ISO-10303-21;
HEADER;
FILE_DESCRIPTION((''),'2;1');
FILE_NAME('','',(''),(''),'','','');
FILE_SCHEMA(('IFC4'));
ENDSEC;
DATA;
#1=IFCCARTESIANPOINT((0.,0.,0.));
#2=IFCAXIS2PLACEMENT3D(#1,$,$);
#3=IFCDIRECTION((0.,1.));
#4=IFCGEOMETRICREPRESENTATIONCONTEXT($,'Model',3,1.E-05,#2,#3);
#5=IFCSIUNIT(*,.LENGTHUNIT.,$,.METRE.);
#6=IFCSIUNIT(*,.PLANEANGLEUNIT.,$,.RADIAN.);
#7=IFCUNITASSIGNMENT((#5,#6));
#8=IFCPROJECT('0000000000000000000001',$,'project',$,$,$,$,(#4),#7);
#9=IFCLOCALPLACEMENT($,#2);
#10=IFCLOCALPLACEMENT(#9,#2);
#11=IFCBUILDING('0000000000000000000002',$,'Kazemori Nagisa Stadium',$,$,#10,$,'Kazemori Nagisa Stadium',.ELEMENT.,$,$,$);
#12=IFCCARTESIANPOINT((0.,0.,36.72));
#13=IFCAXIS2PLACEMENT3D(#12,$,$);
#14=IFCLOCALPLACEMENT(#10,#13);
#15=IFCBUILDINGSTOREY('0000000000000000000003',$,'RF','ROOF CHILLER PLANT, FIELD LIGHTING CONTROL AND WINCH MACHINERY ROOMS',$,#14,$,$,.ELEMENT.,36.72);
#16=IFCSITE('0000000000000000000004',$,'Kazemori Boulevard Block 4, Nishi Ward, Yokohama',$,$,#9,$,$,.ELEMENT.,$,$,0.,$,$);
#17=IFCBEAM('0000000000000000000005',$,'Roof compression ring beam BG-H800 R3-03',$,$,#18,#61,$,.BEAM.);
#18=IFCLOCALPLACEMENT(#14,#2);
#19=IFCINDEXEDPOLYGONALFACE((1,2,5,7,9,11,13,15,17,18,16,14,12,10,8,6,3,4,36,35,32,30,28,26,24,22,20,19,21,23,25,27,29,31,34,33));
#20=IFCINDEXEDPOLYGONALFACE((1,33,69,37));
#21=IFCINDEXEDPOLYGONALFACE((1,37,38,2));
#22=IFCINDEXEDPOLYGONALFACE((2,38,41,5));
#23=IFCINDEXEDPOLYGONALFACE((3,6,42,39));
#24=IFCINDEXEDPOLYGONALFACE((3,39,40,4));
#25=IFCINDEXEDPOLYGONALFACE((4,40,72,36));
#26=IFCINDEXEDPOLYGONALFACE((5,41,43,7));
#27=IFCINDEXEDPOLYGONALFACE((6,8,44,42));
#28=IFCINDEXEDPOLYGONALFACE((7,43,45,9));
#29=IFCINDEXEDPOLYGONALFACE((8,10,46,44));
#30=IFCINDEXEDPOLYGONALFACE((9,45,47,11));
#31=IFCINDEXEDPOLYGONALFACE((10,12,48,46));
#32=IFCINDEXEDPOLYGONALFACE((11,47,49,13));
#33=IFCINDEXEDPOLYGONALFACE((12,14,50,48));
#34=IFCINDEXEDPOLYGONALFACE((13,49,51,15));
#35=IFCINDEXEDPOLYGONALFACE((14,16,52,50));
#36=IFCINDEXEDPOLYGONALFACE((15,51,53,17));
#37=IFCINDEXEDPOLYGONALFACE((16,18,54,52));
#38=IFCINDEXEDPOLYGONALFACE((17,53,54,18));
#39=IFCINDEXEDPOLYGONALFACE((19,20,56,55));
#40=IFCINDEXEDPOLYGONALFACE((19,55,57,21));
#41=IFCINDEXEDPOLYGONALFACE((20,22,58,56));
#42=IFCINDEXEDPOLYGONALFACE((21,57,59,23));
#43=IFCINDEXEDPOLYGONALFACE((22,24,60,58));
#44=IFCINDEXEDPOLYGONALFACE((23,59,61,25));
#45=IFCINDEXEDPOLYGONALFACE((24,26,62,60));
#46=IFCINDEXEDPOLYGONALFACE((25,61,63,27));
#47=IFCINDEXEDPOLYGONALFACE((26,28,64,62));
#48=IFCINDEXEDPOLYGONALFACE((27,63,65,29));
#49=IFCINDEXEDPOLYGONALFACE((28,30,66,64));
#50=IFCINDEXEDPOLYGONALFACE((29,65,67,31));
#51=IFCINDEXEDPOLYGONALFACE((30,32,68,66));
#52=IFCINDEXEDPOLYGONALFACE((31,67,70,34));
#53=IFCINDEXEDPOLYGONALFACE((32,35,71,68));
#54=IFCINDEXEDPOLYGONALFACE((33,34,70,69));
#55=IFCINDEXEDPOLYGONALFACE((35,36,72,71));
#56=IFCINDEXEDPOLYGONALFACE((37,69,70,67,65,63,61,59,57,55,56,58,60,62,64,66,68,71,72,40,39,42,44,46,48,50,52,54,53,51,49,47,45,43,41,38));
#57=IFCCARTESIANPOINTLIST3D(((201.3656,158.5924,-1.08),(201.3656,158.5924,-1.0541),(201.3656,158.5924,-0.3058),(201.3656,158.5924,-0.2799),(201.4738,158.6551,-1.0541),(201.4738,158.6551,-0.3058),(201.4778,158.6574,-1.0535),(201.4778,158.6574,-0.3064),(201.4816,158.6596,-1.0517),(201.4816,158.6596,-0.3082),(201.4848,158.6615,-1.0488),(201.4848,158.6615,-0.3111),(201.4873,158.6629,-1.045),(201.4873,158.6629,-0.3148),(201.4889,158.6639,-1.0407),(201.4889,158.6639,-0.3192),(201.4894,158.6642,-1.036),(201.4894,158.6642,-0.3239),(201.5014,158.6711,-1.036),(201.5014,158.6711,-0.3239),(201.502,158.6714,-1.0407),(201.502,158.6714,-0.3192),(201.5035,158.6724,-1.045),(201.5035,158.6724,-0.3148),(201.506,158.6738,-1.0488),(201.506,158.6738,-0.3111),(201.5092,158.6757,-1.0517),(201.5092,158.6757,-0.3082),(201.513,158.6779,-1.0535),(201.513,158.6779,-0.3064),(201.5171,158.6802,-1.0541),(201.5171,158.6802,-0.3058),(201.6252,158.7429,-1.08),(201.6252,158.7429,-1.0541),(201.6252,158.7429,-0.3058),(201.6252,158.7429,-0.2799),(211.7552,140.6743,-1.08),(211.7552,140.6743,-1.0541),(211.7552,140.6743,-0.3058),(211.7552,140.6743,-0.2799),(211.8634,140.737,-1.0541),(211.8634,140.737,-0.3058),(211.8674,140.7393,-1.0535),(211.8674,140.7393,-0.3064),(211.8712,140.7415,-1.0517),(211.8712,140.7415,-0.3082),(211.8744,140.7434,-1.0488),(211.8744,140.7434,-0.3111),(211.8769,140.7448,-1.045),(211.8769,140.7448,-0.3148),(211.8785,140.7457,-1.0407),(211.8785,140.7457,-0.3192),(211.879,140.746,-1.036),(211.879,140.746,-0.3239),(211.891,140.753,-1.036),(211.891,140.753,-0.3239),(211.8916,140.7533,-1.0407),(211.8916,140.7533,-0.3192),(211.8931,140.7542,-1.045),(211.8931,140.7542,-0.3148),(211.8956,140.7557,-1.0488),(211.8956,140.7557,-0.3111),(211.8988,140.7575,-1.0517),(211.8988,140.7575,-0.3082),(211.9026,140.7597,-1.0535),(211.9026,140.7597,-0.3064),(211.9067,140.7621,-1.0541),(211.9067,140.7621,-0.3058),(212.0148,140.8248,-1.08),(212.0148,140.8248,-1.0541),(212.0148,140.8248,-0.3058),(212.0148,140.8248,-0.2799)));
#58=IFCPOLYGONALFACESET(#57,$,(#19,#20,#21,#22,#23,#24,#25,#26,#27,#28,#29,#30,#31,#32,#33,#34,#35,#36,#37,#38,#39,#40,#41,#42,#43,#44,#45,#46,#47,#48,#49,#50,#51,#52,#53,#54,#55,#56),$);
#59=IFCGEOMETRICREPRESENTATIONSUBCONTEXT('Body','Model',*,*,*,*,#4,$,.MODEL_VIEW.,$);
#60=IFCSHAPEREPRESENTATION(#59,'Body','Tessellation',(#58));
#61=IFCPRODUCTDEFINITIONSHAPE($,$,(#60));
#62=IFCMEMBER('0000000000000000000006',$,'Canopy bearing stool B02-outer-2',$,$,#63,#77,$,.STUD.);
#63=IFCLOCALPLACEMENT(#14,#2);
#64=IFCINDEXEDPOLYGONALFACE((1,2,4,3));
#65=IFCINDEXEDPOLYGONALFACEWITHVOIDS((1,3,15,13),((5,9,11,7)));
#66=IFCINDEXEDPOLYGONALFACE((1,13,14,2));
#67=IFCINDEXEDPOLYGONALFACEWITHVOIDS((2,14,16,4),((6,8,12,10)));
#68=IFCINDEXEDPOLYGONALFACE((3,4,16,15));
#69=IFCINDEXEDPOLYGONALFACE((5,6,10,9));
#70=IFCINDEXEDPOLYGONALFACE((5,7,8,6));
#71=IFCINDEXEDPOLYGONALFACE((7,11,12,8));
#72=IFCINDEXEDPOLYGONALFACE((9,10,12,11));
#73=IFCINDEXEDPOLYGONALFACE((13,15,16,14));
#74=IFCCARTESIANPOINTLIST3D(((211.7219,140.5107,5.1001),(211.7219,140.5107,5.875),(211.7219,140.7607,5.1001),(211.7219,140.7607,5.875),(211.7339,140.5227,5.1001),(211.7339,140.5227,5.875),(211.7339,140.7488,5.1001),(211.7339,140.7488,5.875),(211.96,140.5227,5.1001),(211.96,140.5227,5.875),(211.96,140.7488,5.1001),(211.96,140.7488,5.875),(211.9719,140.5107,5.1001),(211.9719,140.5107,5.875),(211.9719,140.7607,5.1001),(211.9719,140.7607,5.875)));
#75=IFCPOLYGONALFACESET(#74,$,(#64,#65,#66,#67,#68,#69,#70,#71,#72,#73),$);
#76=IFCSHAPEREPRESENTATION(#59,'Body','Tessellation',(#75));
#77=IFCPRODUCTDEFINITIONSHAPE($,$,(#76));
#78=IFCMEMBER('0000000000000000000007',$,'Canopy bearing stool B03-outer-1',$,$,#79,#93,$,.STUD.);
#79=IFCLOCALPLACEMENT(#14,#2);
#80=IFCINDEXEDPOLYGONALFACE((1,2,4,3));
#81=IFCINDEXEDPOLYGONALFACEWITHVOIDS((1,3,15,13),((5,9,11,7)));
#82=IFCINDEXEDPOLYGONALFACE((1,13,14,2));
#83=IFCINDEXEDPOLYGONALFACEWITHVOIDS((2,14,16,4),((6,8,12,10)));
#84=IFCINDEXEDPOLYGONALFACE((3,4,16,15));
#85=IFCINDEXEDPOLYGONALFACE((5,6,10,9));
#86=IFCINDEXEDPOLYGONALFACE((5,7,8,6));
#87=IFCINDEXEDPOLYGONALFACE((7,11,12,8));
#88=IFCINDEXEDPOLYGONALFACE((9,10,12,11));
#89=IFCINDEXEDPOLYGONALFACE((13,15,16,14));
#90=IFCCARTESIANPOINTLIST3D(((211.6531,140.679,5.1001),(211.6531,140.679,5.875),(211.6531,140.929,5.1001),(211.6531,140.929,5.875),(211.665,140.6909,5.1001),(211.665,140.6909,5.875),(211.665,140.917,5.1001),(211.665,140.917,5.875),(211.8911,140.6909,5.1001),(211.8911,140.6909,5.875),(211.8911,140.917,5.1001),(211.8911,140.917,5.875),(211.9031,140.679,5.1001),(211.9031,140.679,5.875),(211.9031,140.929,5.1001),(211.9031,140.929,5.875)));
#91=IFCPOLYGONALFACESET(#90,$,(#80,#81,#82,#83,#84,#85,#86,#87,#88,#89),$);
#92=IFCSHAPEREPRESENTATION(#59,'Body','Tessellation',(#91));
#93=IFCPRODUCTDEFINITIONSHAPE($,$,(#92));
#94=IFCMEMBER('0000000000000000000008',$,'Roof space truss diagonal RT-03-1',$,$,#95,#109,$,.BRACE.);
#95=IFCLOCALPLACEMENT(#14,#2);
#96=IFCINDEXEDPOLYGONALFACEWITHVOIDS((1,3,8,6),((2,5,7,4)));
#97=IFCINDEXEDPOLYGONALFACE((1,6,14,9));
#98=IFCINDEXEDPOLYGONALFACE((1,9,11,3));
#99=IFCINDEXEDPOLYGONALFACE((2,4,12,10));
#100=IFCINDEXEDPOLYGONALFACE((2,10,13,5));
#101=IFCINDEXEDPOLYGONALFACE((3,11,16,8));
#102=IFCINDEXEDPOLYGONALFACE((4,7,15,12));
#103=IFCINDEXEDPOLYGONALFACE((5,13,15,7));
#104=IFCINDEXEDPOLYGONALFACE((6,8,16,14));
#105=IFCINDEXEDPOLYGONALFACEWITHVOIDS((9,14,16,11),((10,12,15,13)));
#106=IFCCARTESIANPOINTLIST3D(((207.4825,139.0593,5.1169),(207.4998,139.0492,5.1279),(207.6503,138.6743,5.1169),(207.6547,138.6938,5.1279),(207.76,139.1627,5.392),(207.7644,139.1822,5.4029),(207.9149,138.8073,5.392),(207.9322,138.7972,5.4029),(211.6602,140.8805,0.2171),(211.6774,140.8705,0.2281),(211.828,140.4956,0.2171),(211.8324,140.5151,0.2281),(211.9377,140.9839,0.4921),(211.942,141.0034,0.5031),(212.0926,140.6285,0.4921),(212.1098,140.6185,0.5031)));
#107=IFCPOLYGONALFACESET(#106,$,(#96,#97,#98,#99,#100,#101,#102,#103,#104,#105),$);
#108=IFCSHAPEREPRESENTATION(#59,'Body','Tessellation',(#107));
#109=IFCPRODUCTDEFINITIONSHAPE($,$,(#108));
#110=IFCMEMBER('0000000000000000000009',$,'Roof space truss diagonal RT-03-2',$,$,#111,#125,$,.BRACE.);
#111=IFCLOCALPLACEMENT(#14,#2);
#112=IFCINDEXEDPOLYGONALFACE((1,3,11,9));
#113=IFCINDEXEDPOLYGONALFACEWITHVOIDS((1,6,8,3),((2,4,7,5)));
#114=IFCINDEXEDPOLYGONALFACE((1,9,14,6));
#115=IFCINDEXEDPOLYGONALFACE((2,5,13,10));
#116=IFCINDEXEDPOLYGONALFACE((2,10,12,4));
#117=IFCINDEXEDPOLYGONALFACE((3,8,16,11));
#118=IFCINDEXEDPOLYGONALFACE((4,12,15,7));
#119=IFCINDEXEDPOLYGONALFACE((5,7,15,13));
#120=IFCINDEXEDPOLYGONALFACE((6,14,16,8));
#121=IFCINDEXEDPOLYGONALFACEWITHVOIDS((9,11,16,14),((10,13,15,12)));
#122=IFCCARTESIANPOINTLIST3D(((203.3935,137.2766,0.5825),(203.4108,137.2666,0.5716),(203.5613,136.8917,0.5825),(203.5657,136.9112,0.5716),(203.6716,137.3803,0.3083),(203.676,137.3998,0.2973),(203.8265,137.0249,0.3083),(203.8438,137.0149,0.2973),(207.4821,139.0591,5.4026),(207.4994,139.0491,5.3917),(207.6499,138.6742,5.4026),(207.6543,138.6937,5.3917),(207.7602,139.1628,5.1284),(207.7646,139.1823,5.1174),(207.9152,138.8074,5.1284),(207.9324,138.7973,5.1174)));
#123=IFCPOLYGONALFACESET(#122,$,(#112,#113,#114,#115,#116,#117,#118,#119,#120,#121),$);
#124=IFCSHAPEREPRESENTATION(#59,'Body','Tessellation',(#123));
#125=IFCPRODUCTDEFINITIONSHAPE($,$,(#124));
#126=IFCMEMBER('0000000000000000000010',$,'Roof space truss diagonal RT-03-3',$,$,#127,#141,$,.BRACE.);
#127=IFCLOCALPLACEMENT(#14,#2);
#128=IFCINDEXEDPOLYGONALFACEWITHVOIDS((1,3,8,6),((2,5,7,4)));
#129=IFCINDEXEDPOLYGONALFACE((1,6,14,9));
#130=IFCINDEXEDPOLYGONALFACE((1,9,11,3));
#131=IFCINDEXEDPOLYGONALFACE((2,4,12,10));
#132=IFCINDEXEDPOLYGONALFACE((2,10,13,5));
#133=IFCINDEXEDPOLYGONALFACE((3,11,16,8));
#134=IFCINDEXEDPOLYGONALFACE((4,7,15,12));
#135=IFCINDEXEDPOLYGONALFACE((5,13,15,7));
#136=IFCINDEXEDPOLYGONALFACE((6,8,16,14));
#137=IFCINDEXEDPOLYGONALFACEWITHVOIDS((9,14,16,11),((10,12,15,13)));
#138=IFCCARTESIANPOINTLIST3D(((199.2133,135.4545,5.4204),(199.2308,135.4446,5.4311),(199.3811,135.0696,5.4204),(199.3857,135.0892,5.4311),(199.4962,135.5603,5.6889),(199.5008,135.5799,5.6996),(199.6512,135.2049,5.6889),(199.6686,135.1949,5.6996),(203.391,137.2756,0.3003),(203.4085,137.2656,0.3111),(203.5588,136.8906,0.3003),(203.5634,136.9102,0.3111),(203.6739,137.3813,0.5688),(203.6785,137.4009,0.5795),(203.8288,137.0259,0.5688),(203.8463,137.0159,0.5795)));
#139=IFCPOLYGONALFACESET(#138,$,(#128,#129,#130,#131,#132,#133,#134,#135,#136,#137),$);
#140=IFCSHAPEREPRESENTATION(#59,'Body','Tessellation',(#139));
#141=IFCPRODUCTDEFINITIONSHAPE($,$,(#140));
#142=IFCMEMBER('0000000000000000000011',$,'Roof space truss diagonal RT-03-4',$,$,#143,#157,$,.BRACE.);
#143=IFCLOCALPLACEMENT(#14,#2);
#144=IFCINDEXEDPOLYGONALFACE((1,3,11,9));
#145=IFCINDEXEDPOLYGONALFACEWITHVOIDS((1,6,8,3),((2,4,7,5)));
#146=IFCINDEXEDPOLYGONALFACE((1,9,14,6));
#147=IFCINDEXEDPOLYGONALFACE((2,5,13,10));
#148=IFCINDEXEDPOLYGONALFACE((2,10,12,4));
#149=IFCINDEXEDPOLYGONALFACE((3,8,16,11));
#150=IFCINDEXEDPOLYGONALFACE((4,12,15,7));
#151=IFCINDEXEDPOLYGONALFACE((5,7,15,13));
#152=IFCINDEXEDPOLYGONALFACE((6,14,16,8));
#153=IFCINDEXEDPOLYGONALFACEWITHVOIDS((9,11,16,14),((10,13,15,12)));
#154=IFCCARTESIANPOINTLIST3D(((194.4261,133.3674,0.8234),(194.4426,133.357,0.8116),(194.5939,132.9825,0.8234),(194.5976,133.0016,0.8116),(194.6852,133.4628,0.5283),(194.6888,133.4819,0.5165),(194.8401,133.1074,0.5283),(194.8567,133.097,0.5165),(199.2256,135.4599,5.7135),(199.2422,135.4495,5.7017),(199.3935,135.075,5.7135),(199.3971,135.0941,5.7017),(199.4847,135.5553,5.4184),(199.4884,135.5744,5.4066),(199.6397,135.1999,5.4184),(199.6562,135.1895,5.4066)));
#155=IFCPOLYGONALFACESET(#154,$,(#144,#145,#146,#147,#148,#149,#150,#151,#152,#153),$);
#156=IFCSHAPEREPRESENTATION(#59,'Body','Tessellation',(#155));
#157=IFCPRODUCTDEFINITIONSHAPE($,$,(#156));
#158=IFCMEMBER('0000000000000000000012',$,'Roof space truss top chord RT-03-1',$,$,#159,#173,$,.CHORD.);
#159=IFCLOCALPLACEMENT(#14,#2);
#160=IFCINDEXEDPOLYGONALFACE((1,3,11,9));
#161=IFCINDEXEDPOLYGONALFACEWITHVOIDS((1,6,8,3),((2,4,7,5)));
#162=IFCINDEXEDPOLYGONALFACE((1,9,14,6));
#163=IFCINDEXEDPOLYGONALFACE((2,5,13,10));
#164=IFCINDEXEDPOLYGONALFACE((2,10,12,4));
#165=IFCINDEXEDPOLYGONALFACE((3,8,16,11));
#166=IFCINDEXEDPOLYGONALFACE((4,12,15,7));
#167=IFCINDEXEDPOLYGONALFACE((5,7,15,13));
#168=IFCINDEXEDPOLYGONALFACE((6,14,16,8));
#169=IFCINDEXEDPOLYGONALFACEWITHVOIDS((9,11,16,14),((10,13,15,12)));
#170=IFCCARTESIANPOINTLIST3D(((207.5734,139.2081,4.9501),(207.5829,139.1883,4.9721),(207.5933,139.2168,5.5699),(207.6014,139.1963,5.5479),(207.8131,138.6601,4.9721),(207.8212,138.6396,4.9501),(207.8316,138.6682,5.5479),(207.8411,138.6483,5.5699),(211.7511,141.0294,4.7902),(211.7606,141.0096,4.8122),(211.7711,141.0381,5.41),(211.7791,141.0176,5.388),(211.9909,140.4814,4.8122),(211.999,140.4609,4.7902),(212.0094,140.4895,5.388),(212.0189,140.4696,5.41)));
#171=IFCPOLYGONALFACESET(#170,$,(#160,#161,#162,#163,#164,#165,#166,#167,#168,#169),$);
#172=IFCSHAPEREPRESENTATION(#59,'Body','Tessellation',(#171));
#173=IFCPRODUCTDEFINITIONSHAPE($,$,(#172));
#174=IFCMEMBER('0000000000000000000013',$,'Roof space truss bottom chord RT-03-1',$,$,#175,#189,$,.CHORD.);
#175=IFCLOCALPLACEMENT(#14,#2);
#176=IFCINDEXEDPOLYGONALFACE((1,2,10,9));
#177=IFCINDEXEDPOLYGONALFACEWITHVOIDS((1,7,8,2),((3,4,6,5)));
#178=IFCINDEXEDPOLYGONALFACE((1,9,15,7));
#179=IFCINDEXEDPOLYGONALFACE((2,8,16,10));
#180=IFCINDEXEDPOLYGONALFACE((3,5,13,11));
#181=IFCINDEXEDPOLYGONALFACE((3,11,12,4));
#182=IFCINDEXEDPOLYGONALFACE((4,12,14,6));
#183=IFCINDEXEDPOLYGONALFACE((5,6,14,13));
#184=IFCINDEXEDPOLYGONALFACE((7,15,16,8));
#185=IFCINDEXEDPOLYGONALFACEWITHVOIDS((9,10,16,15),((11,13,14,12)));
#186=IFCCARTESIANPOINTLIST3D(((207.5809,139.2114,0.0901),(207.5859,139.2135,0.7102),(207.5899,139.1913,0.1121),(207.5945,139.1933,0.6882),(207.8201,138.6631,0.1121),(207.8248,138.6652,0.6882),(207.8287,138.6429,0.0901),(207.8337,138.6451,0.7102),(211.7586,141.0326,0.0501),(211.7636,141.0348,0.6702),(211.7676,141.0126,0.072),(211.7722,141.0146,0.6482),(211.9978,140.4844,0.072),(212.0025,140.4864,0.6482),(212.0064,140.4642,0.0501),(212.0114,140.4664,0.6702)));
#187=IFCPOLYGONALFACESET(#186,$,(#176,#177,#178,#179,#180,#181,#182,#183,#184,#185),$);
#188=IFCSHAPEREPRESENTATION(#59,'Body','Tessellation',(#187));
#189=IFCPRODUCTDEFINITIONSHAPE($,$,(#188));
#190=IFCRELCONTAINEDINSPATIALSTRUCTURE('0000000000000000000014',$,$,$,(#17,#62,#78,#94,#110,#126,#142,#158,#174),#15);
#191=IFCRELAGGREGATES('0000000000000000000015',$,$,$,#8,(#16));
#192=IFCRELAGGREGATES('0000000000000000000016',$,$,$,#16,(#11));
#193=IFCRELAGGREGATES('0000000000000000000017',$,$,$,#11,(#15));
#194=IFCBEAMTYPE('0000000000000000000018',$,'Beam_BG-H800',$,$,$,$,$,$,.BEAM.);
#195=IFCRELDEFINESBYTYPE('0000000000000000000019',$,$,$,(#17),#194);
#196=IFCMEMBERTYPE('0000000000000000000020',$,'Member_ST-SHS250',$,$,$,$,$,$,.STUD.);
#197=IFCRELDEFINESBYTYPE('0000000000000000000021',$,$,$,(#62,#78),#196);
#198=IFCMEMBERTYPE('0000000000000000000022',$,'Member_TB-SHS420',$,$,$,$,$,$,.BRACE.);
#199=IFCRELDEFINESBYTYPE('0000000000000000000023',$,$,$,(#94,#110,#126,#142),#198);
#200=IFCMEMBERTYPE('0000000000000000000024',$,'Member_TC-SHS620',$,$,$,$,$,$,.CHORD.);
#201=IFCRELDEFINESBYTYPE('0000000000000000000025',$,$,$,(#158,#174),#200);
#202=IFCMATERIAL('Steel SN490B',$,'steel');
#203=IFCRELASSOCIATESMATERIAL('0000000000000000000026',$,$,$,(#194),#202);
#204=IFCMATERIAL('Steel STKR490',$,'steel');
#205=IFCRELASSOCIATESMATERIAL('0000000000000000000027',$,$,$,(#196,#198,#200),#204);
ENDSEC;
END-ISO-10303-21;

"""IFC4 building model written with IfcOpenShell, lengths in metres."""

from ifc_helpers import new_model, si_unit, direction, frame, origin, origin_2d, place, context, subcontext, project, spatial, hollow_rectangle, i_section, extrude, material, material_profile, profile_set, type_object, element, save


model = new_model("IFC4")

# Units and contexts
model_context = context("Model", 3, precision=1e-05, world=origin(), true_north=direction((0.0, 1.0)))
body_context = subcontext(model_context, "Body", "Model", "MODEL_VIEW")
ifc_project = project(units=[si_unit("LENGTHUNIT", "METRE"), si_unit("PLANEANGLEUNIT", "RADIAN")], contexts=[model_context])

# Site, building, storey
site_placement = place(None, origin())
site = spatial("IfcSite", under=ifc_project, at=site_placement, Name="Kazemori Boulevard Block 4, Nishi Ward, Yokohama", CompositionType="ELEMENT", RefElevation=0.0)
building_placement = place(site_placement, origin())
building = spatial("IfcBuilding", under=site, at=building_placement, Name="Kazemori Nagisa Stadium", LongName="Kazemori Nagisa Stadium", CompositionType="ELEMENT")
storey_placement = place(building_placement, frame((0.0, 0.0, 36.72)))
storey = spatial("IfcBuildingStorey", under=building, at=storey_placement, Name="RF", Description="ROOF CHILLER PLANT, FIELD LIGHTING CONTROL AND WINCH MACHINERY ROOMS", CompositionType="ELEMENT", Elevation=36.72)

# Shared definitions
ifc_material_1 = material(Name="Steel SN490B", Category="steel")

# Beam
ifc_material_profile_1 = material_profile(ifc_material_1, i_section(OverallWidth=0.3, OverallDepth=0.8, WebThickness=0.0139, FlangeThickness=0.0259, FilletRadius=0.0181, at=origin_2d()), Name="H-800x300x14x26")
ifc_profile_set_1 = profile_set([ifc_material_profile_1], Name="Steel SN490B")
beam_type_1 = type_object("IfcBeamType", Name="Beam_BG-H800", PredefinedType="BEAM", material=ifc_profile_set_1)
beam_1_placement = place(storey_placement, frame((211.885, 140.7495, -0.6799), z_axis=(-0.501613, 0.865092, 0.0), x_axis=(-0.865092, -0.501613, 0.0)))
element("IfcBeam", 1, at=beam_1_placement, inside=storey, type_object=beam_type_1, Name="Roof compression ring beam BG-H800 R3-03", PredefinedType="BEAM", context=body_context, shape_type="SweptSolid", body=[
    extrude(i_section(OverallWidth=0.3, OverallDepth=0.8, WebThickness=0.0139, FlangeThickness=0.0259, FilletRadius=0.0181, at=origin_2d()), origin(), (0.0, 0.0, 1.0), 20.7124),
])

# Members
ifc_material_2 = material(Name="Steel STKR490", Category="steel")
ifc_material_profile_2 = material_profile(ifc_material_2, hollow_rectangle(XDim=0.25, YDim=0.25, WallThickness=0.012, at=origin_2d()), Name="SHS-250x250x12")
ifc_profile_set_2 = profile_set([ifc_material_profile_2], Name="Steel STKR490")
member_type_1 = type_object("IfcMemberType", Name="Member_ST-SHS250", PredefinedType="STUD", material=ifc_profile_set_2)
for number, where, z_axis, x_axis, name in (
    (2, (211.8469, 140.6357, 5.1001), (0.0, 0.0, 1.0), (1.0, 0.0, 0.0), "Canopy bearing stool B02-outer-2"),
    (3, (211.7781, 140.804, 5.1001), (0.0, 0.0, 1.0), (1.0, 0.0, 0.0), "Canopy bearing stool B03-outer-1"),
):
    element("IfcMember", number, at=place(storey_placement, frame(where, z_axis=z_axis, x_axis=x_axis)), inside=storey, type_object=member_type_1, Name=name, PredefinedType="STUD", context=body_context, shape_type="SweptSolid", body=[
        extrude(hollow_rectangle(XDim=0.25, YDim=0.25, WallThickness=0.012, at=origin_2d()), origin(), (0.0, 0.0, 1.0), 0.7749),
    ])
ifc_material_profile_3 = material_profile(ifc_material_2, hollow_rectangle(XDim=0.4199, YDim=0.4199, WallThickness=0.0161, at=origin_2d()), Name="SHS-420x420x16")
ifc_profile_set_3 = profile_set([ifc_material_profile_3], Name="Steel STKR490")
member_type_2 = type_object("IfcMemberType", Name="Member_TB-SHS420", PredefinedType="BRACE", material=ifc_profile_set_3)
member_1_placement = place(storey_placement, frame((211.885, 140.7495, 0.3601), z_axis=(-0.624311, -0.272169, 0.73223), x_axis=(0.399627, -0.916678, 0.0)))
element("IfcMember", 4, at=member_1_placement, inside=storey, type_object=member_type_2, Name="Roof space truss diagonal RT-03-1", PredefinedType="BRACE", context=body_context, shape_type="SweptSolid", body=[
    extrude(hollow_rectangle(XDim=0.4199, YDim=0.4199, WallThickness=0.0161, at=origin_2d()), origin(), (0.0, 0.0, 1.0), 6.6917),
])
member_2_placement = place(storey_placement, frame((207.7073, 138.9282, 5.26), z_axis=(-0.62259, -0.271423, -0.73397), x_axis=(0.399633, -0.916675, 0.0)))
element("IfcMember", 5, at=member_2_placement, inside=storey, type_object=member_type_2, Name="Roof space truss diagonal RT-03-2", PredefinedType="BRACE", context=body_context, shape_type="SweptSolid", body=[
    extrude(hollow_rectangle(XDim=0.4199, YDim=0.4199, WallThickness=0.0161, at=origin_2d()), origin(), (0.0, 0.0, 1.0), 6.5671),
])
member_3_placement = place(storey_placement, frame((203.6187, 137.1458, 0.4399), z_axis=(-0.609481, -0.265668, 0.746963), x_axis=(0.399582, -0.916697, 0.0)))
element("IfcMember", 6, at=member_3_placement, inside=storey, type_object=member_type_2, Name="Roof space truss diagonal RT-03-3", PredefinedType="BRACE", context=body_context, shape_type="SweptSolid", body=[
    extrude(hollow_rectangle(XDim=0.4199, YDim=0.4199, WallThickness=0.0161, at=origin_2d()), origin(), (0.0, 0.0, 1.0), 6.8545),
])
member_4_placement = place(storey_placement, frame((199.4409, 135.3247, 5.5601), z_axis=(-0.669923, -0.292075, -0.682565), x_axis=(0.399652, -0.916667, 0.0)))
element("IfcMember", 7, at=member_4_placement, inside=storey, type_object=member_type_2, Name="Roof space truss diagonal RT-03-4", PredefinedType="BRACE", context=body_context, shape_type="SweptSolid", body=[
    extrude(hollow_rectangle(XDim=0.4199, YDim=0.4199, WallThickness=0.0161, at=origin_2d()), origin(), (0.0, 0.0, 1.0), 7.1643),
])
ifc_material_profile_4 = material_profile(ifc_material_2, hollow_rectangle(XDim=0.6201, YDim=0.6201, WallThickness=0.022, at=origin_2d()), Name="SHS-620x620x22")
ifc_profile_set_4 = profile_set([ifc_material_profile_4], Name="Steel STKR490")
member_type_3 = type_object("IfcMemberType", Name="Member_TC-SHS620", PredefinedType="CHORD", material=ifc_profile_set_4)
member_5_placement = place(storey_placement, frame((211.885, 140.7495, 5.1001), z_axis=(-0.916114, -0.399381, 0.035066), x_axis=(0.399627, -0.916678, 0.0)))
element("IfcMember", 8, at=member_5_placement, inside=storey, type_object=member_type_3, Name="Roof space truss top chord RT-03-1", PredefinedType="CHORD", context=body_context, shape_type="SweptSolid", body=[
    extrude(hollow_rectangle(XDim=0.6201, YDim=0.6201, WallThickness=0.022, at=origin_2d()), origin(), (0.0, 0.0, 1.0), 4.5603),
])
member_6_placement = place(storey_placement, frame((211.885, 140.7495, 0.3601), z_axis=(-0.916642, -0.399612, 0.008785), x_axis=(0.399627, -0.916678, 0.0)))
element("IfcMember", 9, at=member_6_placement, inside=storey, type_object=member_type_3, Name="Roof space truss bottom chord RT-03-1", PredefinedType="CHORD", context=body_context, shape_type="SweptSolid", body=[
    extrude(hollow_rectangle(XDim=0.6201, YDim=0.6201, WallThickness=0.022, at=origin_2d()), origin(), (0.0, 0.0, 1.0), 4.5576),
])

save(model, "model.ifc")
